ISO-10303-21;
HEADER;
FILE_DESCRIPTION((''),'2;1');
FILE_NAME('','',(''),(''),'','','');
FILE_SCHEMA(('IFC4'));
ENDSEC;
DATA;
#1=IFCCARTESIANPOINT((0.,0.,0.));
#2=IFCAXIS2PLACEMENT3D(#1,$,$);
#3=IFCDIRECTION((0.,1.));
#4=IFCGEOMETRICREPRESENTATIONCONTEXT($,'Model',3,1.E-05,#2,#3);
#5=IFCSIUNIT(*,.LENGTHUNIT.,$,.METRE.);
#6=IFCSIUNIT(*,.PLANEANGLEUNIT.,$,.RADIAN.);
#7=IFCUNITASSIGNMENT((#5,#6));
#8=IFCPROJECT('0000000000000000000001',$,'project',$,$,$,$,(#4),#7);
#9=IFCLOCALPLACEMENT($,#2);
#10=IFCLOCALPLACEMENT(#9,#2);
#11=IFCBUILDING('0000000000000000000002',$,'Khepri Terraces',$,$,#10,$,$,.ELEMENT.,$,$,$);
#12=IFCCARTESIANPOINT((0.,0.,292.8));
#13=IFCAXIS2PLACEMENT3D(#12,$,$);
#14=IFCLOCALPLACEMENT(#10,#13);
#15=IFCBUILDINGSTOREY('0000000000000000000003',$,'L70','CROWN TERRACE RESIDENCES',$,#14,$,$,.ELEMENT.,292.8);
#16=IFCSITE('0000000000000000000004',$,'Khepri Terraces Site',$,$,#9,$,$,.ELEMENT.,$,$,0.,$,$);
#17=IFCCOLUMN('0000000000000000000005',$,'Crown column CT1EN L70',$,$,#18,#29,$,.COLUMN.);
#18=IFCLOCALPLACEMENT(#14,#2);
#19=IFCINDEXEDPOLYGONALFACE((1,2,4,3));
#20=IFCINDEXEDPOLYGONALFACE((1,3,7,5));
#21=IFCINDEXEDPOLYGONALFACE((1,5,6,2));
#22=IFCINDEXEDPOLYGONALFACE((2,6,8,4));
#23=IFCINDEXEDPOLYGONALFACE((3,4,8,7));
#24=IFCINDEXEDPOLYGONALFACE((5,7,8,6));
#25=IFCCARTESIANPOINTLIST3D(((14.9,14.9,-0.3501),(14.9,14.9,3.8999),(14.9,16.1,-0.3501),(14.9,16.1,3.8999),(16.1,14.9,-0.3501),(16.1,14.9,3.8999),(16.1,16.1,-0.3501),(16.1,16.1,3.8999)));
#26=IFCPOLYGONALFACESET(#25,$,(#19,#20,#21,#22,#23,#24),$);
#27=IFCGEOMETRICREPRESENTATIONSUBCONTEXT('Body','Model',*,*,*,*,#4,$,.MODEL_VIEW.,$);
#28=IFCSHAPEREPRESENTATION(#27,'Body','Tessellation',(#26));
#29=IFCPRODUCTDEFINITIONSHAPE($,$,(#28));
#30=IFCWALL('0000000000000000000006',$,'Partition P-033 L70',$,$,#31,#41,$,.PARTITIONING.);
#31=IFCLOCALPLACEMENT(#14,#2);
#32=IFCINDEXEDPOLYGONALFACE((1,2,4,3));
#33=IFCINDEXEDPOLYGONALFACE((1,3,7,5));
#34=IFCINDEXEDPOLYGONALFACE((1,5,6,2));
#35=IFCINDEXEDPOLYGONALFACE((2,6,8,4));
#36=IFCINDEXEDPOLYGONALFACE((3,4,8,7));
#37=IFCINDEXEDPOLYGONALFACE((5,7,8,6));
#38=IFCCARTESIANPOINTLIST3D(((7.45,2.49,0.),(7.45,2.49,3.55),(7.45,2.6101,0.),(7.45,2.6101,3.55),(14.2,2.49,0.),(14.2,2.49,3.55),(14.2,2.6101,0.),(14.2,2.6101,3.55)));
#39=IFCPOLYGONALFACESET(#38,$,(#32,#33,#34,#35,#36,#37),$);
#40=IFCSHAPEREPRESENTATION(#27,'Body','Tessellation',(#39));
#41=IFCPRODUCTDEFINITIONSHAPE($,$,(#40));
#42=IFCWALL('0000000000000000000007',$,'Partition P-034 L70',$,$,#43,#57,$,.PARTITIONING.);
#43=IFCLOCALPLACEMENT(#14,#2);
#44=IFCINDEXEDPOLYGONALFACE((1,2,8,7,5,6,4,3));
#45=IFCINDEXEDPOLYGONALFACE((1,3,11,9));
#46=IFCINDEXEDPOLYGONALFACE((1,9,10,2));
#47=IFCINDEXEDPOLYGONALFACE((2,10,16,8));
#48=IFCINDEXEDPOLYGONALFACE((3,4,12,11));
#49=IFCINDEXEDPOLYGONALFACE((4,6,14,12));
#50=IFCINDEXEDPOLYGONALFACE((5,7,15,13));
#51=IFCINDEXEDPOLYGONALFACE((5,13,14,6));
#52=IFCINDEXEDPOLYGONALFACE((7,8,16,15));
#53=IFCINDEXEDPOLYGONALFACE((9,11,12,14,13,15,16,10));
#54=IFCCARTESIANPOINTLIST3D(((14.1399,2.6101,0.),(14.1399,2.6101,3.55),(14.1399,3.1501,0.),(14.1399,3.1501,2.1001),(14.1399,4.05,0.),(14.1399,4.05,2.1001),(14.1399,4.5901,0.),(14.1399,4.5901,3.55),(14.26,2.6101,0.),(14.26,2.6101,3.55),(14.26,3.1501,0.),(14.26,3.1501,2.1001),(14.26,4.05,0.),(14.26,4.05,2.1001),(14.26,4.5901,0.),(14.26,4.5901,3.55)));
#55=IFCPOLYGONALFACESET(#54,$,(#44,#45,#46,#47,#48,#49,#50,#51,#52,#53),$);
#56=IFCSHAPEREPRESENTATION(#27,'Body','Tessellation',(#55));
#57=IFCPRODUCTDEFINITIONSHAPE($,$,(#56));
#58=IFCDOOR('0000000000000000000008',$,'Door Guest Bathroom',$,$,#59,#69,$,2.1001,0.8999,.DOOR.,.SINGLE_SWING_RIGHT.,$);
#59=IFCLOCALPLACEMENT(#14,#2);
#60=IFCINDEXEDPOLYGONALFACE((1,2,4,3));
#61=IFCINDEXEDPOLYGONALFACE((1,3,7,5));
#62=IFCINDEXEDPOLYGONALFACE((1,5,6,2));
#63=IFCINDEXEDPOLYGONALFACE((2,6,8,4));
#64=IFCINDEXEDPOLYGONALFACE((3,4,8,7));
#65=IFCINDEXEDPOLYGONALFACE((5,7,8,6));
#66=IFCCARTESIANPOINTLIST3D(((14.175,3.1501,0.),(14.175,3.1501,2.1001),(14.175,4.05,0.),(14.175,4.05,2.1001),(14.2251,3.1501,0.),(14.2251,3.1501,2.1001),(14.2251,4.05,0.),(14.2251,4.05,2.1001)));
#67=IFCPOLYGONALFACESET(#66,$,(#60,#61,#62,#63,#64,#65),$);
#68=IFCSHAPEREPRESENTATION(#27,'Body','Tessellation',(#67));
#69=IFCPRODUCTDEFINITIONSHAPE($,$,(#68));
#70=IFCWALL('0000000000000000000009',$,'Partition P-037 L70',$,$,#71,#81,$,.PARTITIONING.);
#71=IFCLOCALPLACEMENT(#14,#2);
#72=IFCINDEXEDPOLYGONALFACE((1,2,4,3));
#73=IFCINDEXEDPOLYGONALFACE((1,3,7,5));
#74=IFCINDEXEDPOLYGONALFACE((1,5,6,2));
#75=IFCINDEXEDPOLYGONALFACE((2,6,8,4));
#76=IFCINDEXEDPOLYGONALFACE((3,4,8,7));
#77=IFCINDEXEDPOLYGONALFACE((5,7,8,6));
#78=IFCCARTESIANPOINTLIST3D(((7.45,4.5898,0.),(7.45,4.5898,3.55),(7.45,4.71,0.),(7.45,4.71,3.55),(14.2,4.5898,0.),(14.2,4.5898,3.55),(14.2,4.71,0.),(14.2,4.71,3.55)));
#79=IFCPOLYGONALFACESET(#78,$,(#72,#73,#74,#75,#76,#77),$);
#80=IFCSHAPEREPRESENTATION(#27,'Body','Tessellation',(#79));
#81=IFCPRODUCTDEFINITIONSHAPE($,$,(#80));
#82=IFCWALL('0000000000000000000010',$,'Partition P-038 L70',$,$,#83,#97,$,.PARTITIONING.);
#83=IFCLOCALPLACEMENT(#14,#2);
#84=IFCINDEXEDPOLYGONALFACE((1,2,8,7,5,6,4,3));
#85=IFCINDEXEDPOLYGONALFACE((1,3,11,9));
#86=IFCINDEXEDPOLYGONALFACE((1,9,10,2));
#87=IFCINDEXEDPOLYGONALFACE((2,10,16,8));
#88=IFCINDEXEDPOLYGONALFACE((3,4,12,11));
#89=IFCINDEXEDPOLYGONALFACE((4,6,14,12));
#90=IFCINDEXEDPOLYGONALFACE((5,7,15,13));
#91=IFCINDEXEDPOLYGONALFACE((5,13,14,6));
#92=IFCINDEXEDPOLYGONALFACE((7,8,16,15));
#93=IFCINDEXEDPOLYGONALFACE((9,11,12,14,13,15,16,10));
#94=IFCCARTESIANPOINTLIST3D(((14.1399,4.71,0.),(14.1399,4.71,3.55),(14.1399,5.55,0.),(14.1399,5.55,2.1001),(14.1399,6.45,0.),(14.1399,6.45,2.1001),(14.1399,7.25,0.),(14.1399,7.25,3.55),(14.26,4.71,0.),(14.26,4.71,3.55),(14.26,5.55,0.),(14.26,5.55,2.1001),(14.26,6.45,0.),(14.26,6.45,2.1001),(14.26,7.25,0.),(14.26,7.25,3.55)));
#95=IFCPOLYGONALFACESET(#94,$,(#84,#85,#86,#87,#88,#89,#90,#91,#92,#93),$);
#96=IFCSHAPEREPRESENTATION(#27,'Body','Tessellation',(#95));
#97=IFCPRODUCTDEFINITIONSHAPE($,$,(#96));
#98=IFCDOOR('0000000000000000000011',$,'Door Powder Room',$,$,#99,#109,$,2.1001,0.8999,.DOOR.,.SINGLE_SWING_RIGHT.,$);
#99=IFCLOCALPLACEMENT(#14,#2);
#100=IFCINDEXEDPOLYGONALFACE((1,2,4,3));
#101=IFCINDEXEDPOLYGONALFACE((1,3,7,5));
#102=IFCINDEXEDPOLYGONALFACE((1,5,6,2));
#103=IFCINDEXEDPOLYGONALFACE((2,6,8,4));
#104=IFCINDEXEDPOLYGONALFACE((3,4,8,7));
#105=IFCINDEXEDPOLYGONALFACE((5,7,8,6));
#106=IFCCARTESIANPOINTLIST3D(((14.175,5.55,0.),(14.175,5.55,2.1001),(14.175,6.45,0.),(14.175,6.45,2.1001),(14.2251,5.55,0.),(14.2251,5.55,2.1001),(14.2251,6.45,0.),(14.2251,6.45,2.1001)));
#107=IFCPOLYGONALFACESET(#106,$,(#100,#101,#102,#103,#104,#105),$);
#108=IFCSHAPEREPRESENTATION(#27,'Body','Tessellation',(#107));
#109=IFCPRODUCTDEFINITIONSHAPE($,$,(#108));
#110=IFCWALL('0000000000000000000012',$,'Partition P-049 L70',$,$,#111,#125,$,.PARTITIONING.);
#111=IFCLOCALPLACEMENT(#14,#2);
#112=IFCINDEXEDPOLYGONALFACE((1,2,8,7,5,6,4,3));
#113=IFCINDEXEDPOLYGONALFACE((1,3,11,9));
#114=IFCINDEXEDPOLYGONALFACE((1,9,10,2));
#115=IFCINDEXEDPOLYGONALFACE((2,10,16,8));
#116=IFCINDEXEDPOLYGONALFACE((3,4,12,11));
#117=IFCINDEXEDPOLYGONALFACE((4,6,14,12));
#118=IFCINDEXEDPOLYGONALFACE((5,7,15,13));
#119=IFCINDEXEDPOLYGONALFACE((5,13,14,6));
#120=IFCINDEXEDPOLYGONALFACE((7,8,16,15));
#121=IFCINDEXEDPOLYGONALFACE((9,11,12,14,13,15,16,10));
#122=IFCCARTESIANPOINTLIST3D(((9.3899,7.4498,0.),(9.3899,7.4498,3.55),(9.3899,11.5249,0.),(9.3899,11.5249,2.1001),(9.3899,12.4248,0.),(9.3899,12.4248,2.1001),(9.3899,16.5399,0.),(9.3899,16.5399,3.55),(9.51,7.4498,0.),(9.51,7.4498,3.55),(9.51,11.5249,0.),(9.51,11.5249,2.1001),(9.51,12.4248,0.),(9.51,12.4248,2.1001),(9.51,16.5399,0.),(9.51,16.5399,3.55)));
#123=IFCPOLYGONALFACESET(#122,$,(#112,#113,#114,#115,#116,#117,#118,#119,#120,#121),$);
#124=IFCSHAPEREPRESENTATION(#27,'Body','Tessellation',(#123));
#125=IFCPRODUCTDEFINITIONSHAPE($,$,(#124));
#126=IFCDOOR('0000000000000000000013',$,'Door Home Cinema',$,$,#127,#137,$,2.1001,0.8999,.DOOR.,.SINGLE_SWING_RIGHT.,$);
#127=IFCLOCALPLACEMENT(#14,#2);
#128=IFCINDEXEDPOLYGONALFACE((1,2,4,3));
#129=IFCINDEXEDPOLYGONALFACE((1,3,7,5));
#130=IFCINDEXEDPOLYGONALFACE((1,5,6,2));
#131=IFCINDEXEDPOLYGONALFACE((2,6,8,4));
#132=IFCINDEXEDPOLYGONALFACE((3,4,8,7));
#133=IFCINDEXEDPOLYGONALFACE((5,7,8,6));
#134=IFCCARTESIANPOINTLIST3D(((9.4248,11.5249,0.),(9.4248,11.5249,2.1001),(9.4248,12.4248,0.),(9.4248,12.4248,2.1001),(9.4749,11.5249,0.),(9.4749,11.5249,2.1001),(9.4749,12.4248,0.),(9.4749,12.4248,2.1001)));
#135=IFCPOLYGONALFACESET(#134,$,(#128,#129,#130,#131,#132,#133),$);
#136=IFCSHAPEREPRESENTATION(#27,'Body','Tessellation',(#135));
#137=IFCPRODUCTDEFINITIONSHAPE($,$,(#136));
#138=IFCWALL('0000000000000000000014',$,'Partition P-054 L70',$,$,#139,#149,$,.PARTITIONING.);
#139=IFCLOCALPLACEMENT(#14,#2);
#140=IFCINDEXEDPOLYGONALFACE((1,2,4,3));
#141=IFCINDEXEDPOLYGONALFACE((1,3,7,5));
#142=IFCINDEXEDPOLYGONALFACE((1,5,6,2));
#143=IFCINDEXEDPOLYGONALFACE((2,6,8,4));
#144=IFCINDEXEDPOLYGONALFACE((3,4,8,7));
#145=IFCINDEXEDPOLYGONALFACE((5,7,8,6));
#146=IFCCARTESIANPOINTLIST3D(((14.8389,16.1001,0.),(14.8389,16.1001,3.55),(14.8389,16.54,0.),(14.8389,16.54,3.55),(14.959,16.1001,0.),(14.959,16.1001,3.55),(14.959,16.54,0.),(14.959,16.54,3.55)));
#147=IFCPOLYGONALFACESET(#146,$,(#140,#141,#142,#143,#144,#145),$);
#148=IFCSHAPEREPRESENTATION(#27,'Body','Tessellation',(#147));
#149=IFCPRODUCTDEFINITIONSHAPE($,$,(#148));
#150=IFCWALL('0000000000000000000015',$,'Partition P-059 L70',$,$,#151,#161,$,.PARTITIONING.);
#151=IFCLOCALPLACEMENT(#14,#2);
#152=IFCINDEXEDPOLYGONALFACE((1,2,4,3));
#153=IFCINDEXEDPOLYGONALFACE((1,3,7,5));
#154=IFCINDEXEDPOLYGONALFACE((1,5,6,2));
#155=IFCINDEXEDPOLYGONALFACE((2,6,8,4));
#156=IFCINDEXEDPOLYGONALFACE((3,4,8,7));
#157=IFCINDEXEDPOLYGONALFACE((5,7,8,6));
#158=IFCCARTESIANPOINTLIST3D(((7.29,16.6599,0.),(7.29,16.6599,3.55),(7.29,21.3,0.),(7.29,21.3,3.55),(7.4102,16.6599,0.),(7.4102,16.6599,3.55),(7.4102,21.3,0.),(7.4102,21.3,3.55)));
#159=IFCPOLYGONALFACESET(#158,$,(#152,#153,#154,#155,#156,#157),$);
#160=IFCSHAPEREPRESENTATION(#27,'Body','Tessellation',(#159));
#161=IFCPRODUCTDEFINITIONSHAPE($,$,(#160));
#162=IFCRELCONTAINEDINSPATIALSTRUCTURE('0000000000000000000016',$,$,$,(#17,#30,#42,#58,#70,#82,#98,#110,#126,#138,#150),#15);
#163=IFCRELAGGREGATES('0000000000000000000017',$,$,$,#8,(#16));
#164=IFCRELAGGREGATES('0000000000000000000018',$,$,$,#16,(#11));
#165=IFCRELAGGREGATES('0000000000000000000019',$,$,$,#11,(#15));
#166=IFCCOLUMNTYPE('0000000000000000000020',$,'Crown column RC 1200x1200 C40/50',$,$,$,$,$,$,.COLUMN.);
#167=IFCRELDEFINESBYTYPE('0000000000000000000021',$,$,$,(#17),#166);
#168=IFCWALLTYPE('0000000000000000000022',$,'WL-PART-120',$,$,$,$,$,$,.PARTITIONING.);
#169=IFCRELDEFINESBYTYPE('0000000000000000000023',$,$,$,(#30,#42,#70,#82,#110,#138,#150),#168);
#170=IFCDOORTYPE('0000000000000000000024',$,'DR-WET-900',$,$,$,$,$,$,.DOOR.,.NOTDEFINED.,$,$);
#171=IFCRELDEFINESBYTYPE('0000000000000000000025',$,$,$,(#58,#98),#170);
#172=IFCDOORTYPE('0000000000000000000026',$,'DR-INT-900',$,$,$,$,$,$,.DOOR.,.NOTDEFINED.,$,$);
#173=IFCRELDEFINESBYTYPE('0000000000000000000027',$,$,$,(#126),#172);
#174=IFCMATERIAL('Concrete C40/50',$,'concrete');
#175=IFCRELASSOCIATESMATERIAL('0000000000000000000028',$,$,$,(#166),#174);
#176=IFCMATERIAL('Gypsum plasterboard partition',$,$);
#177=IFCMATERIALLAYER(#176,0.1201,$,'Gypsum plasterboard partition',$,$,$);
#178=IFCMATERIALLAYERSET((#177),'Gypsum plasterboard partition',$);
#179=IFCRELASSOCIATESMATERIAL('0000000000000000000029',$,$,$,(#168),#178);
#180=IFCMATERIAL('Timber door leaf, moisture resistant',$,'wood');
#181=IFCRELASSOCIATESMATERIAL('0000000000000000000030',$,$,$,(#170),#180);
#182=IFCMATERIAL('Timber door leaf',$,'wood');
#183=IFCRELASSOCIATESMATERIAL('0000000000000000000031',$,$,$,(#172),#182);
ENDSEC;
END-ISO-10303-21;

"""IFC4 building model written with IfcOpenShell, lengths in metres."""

from ifc_helpers import new_model, si_unit, direction, frame, frame_2d, origin, origin_2d, place, context, subcontext, project, spatial, rectangle, extrude, material, layer, layer_set, material_profile, profile_set, type_object, element, fill, save


model = new_model("IFC4")

# Units and contexts
model_context = context("Model", 3, precision=1e-05, world=origin(), true_north=direction((0.0, 1.0)))
body_context = subcontext(model_context, "Body", "Model", "MODEL_VIEW")
ifc_project = project(units=[si_unit("LENGTHUNIT", "METRE"), si_unit("PLANEANGLEUNIT", "RADIAN")], contexts=[model_context])

# Site, building, storey
site_placement = place(None, origin())
site = spatial("IfcSite", under=ifc_project, at=site_placement, Name="Khepri Terraces Site", CompositionType="ELEMENT", RefElevation=0.0)
building_placement = place(site_placement, origin())
building = spatial("IfcBuilding", under=site, at=building_placement, Name="Khepri Terraces", CompositionType="ELEMENT")
storey_placement = place(building_placement, frame((0.0, 0.0, 292.8)))
storey = spatial("IfcBuildingStorey", under=building, at=storey_placement, Name="L70", Description="CROWN TERRACE RESIDENCES", CompositionType="ELEMENT", Elevation=292.8)

# Column
ifc_material_1 = material(Name="Concrete C40/50", Category="concrete")
ifc_material_profile = material_profile(ifc_material_1, rectangle(XDim=1.2, YDim=1.2, at=origin_2d()), Name="Concrete C40/50", Category="concrete")
ifc_profile_set = profile_set([ifc_material_profile], Name="Concrete C40/50")
column_type = type_object("IfcColumnType", Name="Crown column RC 1200x1200 C40/50", PredefinedType="COLUMN", material=ifc_profile_set)
column_placement = place(storey_placement, frame((15.5, 15.5, -0.3501), z_axis=(0.0, 0.0, 1.0), x_axis=(1.0, 0.0, 0.0)))
element("IfcColumn", 1, at=column_placement, inside=storey, type_object=column_type, Name="Crown column CT1EN L70", PredefinedType="COLUMN", context=body_context, shape_type="SweptSolid", body=[
    extrude(rectangle(XDim=1.2, YDim=1.2, at=origin_2d()), origin(), (0.0, 0.0, 1.0), 4.25),
])

# Wall
ifc_material_2 = material(Name="Gypsum plasterboard partition")
ifc_layer = layer(ifc_material_2, 0.1201, Name="Gypsum plasterboard partition")
ifc_layer_set = layer_set([ifc_layer], Name="Gypsum plasterboard partition")
wall_type = type_object("IfcWallType", Name="WL-PART-120", PredefinedType="PARTITIONING", material=ifc_layer_set)
wall_1_placement = place(storey_placement, frame((7.45, 2.55, 0.0), z_axis=(0.0, 0.0, 1.0), x_axis=(1.0, 0.0, 0.0)))
element("IfcWall", 2, at=wall_1_placement, inside=storey, type_object=wall_type, Name="Partition P-033 L70", PredefinedType="PARTITIONING", context=body_context, shape_type="SweptSolid", body=[
    extrude(rectangle(XDim=6.75, YDim=0.1201, at=frame_2d((3.375, 0.0))), origin(), (0.0, 0.0, 1.0), 3.55),
])

# Wall, opening, door
wall_2_placement = place(storey_placement, frame((14.2, 2.6101, 0.0), z_axis=(0.0, 0.0, 1.0), x_axis=(0.0, 1.0, 0.0)))
wall_2 = element("IfcWall", 3, at=wall_2_placement, inside=storey, type_object=wall_type, Name="Partition P-034 L70", PredefinedType="PARTITIONING", context=body_context, shape_type="SweptSolid", body=[
    extrude(rectangle(XDim=1.98, YDim=0.1201, at=frame_2d((0.99, 0.0))), origin(), (0.0, 0.0, 1.0), 3.55),
])
opening_1_placement = place(wall_2_placement, frame((0.54, 0.0, 0.0)))
opening_1 = element("IfcOpeningElement", 4, at=opening_1_placement, cuts=wall_2, PredefinedType="OPENING", context=body_context, shape_type="SweptSolid", body=[
    extrude(rectangle(XDim=0.8999, YDim=2.1001, at=frame_2d((0.45, 1.05))), frame((0.0, 0.0701, 0.0), z_axis=(0.0, -1.0, 0.0), x_axis=(1.0, 0.0, 0.0)), (0.0, 0.0, 1.0), 0.1401),
])
ifc_material_3 = material(Name="Timber door leaf, moisture resistant", Category="wood")
door_type_1 = type_object("IfcDoorType", Name="DR-WET-900", OperationType="NOTDEFINED", PredefinedType="DOOR", material=ifc_material_3)
door_1_placement = place(opening_1_placement, origin())
door_1 = element("IfcDoor", 5, at=door_1_placement, inside=storey, type_object=door_type_1, Name="Door Guest Bathroom", OperationType="SINGLE_SWING_RIGHT", OverallHeight=2.1001, OverallWidth=0.8999, PredefinedType="DOOR", context=body_context, shape_type="SweptSolid", body=[
    extrude(rectangle(XDim=0.8999, YDim=2.1001, at=frame_2d((0.45, 1.05))), frame((0.0, 0.0249, 0.0), z_axis=(0.0, -1.0, 0.0), x_axis=(1.0, 0.0, 0.0)), (0.0, 0.0, 1.0), 0.05),
])
fill(opening_1, door_1)

# Wall
wall_3_placement = place(storey_placement, frame((7.45, 4.6499, 0.0), z_axis=(0.0, 0.0, 1.0), x_axis=(1.0, 0.0, 0.0)))
element("IfcWall", 6, at=wall_3_placement, inside=storey, type_object=wall_type, Name="Partition P-037 L70", PredefinedType="PARTITIONING", context=body_context, shape_type="SweptSolid", body=[
    extrude(rectangle(XDim=6.75, YDim=0.1201, at=frame_2d((3.375, 0.0))), origin(), (0.0, 0.0, 1.0), 3.55),
])

# Walls, openings, doors
wall_4_placement = place(storey_placement, frame((14.2, 4.71, 0.0), z_axis=(0.0, 0.0, 1.0), x_axis=(0.0, 1.0, 0.0)))
wall_4 = element("IfcWall", 7, at=wall_4_placement, inside=storey, type_object=wall_type, Name="Partition P-038 L70", PredefinedType="PARTITIONING", context=body_context, shape_type="SweptSolid", body=[
    extrude(rectangle(XDim=2.54, YDim=0.1201, at=frame_2d((1.27, 0.0))), origin(), (0.0, 0.0, 1.0), 3.55),
])
opening_2_placement = place(wall_4_placement, frame((0.8401, 0.0, 0.0)))
opening_2 = element("IfcOpeningElement", 8, at=opening_2_placement, cuts=wall_4, PredefinedType="OPENING", context=body_context, shape_type="SweptSolid", body=[
    extrude(rectangle(XDim=0.8999, YDim=2.1001, at=frame_2d((0.45, 1.05))), frame((0.0, 0.0701, 0.0), z_axis=(0.0, -1.0, 0.0), x_axis=(1.0, 0.0, 0.0)), (0.0, 0.0, 1.0), 0.1401),
])
door_2_placement = place(opening_2_placement, origin())
door_2 = element("IfcDoor", 9, at=door_2_placement, inside=storey, type_object=door_type_1, Name="Door Powder Room", OperationType="SINGLE_SWING_RIGHT", OverallHeight=2.1001, OverallWidth=0.8999, PredefinedType="DOOR", context=body_context, shape_type="SweptSolid", body=[
    extrude(rectangle(XDim=0.8999, YDim=2.1001, at=frame_2d((0.45, 1.05))), frame((0.0, 0.0249, 0.0), z_axis=(0.0, -1.0, 0.0), x_axis=(1.0, 0.0, 0.0)), (0.0, 0.0, 1.0), 0.05),
])
fill(opening_2, door_2)
wall_5_placement = place(storey_placement, frame((9.45, 7.45, 0.0), z_axis=(0.0, 0.0, 1.0), x_axis=(0.0, 1.0, 0.0)))
wall_5 = element("IfcWall", 10, at=wall_5_placement, inside=storey, type_object=wall_type, Name="Partition P-049 L70", PredefinedType="PARTITIONING", context=body_context, shape_type="SweptSolid", body=[
    extrude(rectangle(XDim=9.0901, YDim=0.1201, at=frame_2d((4.5449, 0.0))), origin(), (0.0, 0.0, 1.0), 3.55),
])
opening_3_placement = place(wall_5_placement, frame((4.075, 0.0, 0.0)))
opening_3 = element("IfcOpeningElement", 11, at=opening_3_placement, cuts=wall_5, PredefinedType="OPENING", context=body_context, shape_type="SweptSolid", body=[
    extrude(rectangle(XDim=0.8999, YDim=2.1001, at=frame_2d((0.45, 1.05))), frame((0.0, 0.0701, 0.0), z_axis=(0.0, -1.0, 0.0), x_axis=(1.0, 0.0, 0.0)), (0.0, 0.0, 1.0), 0.1401),
])
ifc_material_4 = material(Name="Timber door leaf", Category="wood")
door_type_2 = type_object("IfcDoorType", Name="DR-INT-900", OperationType="NOTDEFINED", PredefinedType="DOOR", material=ifc_material_4)
door_3_placement = place(opening_3_placement, frame((0.8999, 0.0, 0.0), z_axis=(0.0, 0.0, 1.0), x_axis=(-1.0, 0.0, 0.0)))
door_3 = element("IfcDoor", 12, at=door_3_placement, inside=storey, type_object=door_type_2, Name="Door Home Cinema", OperationType="SINGLE_SWING_RIGHT", OverallHeight=2.1001, OverallWidth=0.8999, PredefinedType="DOOR", context=body_context, shape_type="SweptSolid", body=[
    extrude(rectangle(XDim=0.8999, YDim=2.1001, at=frame_2d((0.45, 1.05))), frame((0.0, 0.0249, 0.0), z_axis=(0.0, -1.0, 0.0), x_axis=(1.0, 0.0, 0.0)), (0.0, 0.0, 1.0), 0.05),
])
fill(opening_3, door_3)

# Walls
wall_6_placement = place(storey_placement, frame((14.8989, 16.1001, 0.0), z_axis=(0.0, 0.0, 1.0), x_axis=(0.0, 1.0, 0.0)))
element("IfcWall", 13, at=wall_6_placement, inside=storey, type_object=wall_type, Name="Partition P-054 L70", PredefinedType="PARTITIONING", context=body_context, shape_type="SweptSolid", body=[
    extrude(rectangle(XDim=0.4399, YDim=0.1201, at=frame_2d((0.22, 0.0))), origin(), (0.0, 0.0, 1.0), 3.55),
])
wall_7_placement = place(storey_placement, frame((7.3501, 16.6599, 0.0), z_axis=(0.0, 0.0, 1.0), x_axis=(0.0, 1.0, 0.0)))
element("IfcWall", 14, at=wall_7_placement, inside=storey, type_object=wall_type, Name="Partition P-059 L70", PredefinedType="PARTITIONING", context=body_context, shape_type="SweptSolid", body=[
    extrude(rectangle(XDim=4.6401, YDim=0.1201, at=frame_2d((2.3201, 0.0))), origin(), (0.0, 0.0, 1.0), 3.55),
])

save(model, "model.ifc")
